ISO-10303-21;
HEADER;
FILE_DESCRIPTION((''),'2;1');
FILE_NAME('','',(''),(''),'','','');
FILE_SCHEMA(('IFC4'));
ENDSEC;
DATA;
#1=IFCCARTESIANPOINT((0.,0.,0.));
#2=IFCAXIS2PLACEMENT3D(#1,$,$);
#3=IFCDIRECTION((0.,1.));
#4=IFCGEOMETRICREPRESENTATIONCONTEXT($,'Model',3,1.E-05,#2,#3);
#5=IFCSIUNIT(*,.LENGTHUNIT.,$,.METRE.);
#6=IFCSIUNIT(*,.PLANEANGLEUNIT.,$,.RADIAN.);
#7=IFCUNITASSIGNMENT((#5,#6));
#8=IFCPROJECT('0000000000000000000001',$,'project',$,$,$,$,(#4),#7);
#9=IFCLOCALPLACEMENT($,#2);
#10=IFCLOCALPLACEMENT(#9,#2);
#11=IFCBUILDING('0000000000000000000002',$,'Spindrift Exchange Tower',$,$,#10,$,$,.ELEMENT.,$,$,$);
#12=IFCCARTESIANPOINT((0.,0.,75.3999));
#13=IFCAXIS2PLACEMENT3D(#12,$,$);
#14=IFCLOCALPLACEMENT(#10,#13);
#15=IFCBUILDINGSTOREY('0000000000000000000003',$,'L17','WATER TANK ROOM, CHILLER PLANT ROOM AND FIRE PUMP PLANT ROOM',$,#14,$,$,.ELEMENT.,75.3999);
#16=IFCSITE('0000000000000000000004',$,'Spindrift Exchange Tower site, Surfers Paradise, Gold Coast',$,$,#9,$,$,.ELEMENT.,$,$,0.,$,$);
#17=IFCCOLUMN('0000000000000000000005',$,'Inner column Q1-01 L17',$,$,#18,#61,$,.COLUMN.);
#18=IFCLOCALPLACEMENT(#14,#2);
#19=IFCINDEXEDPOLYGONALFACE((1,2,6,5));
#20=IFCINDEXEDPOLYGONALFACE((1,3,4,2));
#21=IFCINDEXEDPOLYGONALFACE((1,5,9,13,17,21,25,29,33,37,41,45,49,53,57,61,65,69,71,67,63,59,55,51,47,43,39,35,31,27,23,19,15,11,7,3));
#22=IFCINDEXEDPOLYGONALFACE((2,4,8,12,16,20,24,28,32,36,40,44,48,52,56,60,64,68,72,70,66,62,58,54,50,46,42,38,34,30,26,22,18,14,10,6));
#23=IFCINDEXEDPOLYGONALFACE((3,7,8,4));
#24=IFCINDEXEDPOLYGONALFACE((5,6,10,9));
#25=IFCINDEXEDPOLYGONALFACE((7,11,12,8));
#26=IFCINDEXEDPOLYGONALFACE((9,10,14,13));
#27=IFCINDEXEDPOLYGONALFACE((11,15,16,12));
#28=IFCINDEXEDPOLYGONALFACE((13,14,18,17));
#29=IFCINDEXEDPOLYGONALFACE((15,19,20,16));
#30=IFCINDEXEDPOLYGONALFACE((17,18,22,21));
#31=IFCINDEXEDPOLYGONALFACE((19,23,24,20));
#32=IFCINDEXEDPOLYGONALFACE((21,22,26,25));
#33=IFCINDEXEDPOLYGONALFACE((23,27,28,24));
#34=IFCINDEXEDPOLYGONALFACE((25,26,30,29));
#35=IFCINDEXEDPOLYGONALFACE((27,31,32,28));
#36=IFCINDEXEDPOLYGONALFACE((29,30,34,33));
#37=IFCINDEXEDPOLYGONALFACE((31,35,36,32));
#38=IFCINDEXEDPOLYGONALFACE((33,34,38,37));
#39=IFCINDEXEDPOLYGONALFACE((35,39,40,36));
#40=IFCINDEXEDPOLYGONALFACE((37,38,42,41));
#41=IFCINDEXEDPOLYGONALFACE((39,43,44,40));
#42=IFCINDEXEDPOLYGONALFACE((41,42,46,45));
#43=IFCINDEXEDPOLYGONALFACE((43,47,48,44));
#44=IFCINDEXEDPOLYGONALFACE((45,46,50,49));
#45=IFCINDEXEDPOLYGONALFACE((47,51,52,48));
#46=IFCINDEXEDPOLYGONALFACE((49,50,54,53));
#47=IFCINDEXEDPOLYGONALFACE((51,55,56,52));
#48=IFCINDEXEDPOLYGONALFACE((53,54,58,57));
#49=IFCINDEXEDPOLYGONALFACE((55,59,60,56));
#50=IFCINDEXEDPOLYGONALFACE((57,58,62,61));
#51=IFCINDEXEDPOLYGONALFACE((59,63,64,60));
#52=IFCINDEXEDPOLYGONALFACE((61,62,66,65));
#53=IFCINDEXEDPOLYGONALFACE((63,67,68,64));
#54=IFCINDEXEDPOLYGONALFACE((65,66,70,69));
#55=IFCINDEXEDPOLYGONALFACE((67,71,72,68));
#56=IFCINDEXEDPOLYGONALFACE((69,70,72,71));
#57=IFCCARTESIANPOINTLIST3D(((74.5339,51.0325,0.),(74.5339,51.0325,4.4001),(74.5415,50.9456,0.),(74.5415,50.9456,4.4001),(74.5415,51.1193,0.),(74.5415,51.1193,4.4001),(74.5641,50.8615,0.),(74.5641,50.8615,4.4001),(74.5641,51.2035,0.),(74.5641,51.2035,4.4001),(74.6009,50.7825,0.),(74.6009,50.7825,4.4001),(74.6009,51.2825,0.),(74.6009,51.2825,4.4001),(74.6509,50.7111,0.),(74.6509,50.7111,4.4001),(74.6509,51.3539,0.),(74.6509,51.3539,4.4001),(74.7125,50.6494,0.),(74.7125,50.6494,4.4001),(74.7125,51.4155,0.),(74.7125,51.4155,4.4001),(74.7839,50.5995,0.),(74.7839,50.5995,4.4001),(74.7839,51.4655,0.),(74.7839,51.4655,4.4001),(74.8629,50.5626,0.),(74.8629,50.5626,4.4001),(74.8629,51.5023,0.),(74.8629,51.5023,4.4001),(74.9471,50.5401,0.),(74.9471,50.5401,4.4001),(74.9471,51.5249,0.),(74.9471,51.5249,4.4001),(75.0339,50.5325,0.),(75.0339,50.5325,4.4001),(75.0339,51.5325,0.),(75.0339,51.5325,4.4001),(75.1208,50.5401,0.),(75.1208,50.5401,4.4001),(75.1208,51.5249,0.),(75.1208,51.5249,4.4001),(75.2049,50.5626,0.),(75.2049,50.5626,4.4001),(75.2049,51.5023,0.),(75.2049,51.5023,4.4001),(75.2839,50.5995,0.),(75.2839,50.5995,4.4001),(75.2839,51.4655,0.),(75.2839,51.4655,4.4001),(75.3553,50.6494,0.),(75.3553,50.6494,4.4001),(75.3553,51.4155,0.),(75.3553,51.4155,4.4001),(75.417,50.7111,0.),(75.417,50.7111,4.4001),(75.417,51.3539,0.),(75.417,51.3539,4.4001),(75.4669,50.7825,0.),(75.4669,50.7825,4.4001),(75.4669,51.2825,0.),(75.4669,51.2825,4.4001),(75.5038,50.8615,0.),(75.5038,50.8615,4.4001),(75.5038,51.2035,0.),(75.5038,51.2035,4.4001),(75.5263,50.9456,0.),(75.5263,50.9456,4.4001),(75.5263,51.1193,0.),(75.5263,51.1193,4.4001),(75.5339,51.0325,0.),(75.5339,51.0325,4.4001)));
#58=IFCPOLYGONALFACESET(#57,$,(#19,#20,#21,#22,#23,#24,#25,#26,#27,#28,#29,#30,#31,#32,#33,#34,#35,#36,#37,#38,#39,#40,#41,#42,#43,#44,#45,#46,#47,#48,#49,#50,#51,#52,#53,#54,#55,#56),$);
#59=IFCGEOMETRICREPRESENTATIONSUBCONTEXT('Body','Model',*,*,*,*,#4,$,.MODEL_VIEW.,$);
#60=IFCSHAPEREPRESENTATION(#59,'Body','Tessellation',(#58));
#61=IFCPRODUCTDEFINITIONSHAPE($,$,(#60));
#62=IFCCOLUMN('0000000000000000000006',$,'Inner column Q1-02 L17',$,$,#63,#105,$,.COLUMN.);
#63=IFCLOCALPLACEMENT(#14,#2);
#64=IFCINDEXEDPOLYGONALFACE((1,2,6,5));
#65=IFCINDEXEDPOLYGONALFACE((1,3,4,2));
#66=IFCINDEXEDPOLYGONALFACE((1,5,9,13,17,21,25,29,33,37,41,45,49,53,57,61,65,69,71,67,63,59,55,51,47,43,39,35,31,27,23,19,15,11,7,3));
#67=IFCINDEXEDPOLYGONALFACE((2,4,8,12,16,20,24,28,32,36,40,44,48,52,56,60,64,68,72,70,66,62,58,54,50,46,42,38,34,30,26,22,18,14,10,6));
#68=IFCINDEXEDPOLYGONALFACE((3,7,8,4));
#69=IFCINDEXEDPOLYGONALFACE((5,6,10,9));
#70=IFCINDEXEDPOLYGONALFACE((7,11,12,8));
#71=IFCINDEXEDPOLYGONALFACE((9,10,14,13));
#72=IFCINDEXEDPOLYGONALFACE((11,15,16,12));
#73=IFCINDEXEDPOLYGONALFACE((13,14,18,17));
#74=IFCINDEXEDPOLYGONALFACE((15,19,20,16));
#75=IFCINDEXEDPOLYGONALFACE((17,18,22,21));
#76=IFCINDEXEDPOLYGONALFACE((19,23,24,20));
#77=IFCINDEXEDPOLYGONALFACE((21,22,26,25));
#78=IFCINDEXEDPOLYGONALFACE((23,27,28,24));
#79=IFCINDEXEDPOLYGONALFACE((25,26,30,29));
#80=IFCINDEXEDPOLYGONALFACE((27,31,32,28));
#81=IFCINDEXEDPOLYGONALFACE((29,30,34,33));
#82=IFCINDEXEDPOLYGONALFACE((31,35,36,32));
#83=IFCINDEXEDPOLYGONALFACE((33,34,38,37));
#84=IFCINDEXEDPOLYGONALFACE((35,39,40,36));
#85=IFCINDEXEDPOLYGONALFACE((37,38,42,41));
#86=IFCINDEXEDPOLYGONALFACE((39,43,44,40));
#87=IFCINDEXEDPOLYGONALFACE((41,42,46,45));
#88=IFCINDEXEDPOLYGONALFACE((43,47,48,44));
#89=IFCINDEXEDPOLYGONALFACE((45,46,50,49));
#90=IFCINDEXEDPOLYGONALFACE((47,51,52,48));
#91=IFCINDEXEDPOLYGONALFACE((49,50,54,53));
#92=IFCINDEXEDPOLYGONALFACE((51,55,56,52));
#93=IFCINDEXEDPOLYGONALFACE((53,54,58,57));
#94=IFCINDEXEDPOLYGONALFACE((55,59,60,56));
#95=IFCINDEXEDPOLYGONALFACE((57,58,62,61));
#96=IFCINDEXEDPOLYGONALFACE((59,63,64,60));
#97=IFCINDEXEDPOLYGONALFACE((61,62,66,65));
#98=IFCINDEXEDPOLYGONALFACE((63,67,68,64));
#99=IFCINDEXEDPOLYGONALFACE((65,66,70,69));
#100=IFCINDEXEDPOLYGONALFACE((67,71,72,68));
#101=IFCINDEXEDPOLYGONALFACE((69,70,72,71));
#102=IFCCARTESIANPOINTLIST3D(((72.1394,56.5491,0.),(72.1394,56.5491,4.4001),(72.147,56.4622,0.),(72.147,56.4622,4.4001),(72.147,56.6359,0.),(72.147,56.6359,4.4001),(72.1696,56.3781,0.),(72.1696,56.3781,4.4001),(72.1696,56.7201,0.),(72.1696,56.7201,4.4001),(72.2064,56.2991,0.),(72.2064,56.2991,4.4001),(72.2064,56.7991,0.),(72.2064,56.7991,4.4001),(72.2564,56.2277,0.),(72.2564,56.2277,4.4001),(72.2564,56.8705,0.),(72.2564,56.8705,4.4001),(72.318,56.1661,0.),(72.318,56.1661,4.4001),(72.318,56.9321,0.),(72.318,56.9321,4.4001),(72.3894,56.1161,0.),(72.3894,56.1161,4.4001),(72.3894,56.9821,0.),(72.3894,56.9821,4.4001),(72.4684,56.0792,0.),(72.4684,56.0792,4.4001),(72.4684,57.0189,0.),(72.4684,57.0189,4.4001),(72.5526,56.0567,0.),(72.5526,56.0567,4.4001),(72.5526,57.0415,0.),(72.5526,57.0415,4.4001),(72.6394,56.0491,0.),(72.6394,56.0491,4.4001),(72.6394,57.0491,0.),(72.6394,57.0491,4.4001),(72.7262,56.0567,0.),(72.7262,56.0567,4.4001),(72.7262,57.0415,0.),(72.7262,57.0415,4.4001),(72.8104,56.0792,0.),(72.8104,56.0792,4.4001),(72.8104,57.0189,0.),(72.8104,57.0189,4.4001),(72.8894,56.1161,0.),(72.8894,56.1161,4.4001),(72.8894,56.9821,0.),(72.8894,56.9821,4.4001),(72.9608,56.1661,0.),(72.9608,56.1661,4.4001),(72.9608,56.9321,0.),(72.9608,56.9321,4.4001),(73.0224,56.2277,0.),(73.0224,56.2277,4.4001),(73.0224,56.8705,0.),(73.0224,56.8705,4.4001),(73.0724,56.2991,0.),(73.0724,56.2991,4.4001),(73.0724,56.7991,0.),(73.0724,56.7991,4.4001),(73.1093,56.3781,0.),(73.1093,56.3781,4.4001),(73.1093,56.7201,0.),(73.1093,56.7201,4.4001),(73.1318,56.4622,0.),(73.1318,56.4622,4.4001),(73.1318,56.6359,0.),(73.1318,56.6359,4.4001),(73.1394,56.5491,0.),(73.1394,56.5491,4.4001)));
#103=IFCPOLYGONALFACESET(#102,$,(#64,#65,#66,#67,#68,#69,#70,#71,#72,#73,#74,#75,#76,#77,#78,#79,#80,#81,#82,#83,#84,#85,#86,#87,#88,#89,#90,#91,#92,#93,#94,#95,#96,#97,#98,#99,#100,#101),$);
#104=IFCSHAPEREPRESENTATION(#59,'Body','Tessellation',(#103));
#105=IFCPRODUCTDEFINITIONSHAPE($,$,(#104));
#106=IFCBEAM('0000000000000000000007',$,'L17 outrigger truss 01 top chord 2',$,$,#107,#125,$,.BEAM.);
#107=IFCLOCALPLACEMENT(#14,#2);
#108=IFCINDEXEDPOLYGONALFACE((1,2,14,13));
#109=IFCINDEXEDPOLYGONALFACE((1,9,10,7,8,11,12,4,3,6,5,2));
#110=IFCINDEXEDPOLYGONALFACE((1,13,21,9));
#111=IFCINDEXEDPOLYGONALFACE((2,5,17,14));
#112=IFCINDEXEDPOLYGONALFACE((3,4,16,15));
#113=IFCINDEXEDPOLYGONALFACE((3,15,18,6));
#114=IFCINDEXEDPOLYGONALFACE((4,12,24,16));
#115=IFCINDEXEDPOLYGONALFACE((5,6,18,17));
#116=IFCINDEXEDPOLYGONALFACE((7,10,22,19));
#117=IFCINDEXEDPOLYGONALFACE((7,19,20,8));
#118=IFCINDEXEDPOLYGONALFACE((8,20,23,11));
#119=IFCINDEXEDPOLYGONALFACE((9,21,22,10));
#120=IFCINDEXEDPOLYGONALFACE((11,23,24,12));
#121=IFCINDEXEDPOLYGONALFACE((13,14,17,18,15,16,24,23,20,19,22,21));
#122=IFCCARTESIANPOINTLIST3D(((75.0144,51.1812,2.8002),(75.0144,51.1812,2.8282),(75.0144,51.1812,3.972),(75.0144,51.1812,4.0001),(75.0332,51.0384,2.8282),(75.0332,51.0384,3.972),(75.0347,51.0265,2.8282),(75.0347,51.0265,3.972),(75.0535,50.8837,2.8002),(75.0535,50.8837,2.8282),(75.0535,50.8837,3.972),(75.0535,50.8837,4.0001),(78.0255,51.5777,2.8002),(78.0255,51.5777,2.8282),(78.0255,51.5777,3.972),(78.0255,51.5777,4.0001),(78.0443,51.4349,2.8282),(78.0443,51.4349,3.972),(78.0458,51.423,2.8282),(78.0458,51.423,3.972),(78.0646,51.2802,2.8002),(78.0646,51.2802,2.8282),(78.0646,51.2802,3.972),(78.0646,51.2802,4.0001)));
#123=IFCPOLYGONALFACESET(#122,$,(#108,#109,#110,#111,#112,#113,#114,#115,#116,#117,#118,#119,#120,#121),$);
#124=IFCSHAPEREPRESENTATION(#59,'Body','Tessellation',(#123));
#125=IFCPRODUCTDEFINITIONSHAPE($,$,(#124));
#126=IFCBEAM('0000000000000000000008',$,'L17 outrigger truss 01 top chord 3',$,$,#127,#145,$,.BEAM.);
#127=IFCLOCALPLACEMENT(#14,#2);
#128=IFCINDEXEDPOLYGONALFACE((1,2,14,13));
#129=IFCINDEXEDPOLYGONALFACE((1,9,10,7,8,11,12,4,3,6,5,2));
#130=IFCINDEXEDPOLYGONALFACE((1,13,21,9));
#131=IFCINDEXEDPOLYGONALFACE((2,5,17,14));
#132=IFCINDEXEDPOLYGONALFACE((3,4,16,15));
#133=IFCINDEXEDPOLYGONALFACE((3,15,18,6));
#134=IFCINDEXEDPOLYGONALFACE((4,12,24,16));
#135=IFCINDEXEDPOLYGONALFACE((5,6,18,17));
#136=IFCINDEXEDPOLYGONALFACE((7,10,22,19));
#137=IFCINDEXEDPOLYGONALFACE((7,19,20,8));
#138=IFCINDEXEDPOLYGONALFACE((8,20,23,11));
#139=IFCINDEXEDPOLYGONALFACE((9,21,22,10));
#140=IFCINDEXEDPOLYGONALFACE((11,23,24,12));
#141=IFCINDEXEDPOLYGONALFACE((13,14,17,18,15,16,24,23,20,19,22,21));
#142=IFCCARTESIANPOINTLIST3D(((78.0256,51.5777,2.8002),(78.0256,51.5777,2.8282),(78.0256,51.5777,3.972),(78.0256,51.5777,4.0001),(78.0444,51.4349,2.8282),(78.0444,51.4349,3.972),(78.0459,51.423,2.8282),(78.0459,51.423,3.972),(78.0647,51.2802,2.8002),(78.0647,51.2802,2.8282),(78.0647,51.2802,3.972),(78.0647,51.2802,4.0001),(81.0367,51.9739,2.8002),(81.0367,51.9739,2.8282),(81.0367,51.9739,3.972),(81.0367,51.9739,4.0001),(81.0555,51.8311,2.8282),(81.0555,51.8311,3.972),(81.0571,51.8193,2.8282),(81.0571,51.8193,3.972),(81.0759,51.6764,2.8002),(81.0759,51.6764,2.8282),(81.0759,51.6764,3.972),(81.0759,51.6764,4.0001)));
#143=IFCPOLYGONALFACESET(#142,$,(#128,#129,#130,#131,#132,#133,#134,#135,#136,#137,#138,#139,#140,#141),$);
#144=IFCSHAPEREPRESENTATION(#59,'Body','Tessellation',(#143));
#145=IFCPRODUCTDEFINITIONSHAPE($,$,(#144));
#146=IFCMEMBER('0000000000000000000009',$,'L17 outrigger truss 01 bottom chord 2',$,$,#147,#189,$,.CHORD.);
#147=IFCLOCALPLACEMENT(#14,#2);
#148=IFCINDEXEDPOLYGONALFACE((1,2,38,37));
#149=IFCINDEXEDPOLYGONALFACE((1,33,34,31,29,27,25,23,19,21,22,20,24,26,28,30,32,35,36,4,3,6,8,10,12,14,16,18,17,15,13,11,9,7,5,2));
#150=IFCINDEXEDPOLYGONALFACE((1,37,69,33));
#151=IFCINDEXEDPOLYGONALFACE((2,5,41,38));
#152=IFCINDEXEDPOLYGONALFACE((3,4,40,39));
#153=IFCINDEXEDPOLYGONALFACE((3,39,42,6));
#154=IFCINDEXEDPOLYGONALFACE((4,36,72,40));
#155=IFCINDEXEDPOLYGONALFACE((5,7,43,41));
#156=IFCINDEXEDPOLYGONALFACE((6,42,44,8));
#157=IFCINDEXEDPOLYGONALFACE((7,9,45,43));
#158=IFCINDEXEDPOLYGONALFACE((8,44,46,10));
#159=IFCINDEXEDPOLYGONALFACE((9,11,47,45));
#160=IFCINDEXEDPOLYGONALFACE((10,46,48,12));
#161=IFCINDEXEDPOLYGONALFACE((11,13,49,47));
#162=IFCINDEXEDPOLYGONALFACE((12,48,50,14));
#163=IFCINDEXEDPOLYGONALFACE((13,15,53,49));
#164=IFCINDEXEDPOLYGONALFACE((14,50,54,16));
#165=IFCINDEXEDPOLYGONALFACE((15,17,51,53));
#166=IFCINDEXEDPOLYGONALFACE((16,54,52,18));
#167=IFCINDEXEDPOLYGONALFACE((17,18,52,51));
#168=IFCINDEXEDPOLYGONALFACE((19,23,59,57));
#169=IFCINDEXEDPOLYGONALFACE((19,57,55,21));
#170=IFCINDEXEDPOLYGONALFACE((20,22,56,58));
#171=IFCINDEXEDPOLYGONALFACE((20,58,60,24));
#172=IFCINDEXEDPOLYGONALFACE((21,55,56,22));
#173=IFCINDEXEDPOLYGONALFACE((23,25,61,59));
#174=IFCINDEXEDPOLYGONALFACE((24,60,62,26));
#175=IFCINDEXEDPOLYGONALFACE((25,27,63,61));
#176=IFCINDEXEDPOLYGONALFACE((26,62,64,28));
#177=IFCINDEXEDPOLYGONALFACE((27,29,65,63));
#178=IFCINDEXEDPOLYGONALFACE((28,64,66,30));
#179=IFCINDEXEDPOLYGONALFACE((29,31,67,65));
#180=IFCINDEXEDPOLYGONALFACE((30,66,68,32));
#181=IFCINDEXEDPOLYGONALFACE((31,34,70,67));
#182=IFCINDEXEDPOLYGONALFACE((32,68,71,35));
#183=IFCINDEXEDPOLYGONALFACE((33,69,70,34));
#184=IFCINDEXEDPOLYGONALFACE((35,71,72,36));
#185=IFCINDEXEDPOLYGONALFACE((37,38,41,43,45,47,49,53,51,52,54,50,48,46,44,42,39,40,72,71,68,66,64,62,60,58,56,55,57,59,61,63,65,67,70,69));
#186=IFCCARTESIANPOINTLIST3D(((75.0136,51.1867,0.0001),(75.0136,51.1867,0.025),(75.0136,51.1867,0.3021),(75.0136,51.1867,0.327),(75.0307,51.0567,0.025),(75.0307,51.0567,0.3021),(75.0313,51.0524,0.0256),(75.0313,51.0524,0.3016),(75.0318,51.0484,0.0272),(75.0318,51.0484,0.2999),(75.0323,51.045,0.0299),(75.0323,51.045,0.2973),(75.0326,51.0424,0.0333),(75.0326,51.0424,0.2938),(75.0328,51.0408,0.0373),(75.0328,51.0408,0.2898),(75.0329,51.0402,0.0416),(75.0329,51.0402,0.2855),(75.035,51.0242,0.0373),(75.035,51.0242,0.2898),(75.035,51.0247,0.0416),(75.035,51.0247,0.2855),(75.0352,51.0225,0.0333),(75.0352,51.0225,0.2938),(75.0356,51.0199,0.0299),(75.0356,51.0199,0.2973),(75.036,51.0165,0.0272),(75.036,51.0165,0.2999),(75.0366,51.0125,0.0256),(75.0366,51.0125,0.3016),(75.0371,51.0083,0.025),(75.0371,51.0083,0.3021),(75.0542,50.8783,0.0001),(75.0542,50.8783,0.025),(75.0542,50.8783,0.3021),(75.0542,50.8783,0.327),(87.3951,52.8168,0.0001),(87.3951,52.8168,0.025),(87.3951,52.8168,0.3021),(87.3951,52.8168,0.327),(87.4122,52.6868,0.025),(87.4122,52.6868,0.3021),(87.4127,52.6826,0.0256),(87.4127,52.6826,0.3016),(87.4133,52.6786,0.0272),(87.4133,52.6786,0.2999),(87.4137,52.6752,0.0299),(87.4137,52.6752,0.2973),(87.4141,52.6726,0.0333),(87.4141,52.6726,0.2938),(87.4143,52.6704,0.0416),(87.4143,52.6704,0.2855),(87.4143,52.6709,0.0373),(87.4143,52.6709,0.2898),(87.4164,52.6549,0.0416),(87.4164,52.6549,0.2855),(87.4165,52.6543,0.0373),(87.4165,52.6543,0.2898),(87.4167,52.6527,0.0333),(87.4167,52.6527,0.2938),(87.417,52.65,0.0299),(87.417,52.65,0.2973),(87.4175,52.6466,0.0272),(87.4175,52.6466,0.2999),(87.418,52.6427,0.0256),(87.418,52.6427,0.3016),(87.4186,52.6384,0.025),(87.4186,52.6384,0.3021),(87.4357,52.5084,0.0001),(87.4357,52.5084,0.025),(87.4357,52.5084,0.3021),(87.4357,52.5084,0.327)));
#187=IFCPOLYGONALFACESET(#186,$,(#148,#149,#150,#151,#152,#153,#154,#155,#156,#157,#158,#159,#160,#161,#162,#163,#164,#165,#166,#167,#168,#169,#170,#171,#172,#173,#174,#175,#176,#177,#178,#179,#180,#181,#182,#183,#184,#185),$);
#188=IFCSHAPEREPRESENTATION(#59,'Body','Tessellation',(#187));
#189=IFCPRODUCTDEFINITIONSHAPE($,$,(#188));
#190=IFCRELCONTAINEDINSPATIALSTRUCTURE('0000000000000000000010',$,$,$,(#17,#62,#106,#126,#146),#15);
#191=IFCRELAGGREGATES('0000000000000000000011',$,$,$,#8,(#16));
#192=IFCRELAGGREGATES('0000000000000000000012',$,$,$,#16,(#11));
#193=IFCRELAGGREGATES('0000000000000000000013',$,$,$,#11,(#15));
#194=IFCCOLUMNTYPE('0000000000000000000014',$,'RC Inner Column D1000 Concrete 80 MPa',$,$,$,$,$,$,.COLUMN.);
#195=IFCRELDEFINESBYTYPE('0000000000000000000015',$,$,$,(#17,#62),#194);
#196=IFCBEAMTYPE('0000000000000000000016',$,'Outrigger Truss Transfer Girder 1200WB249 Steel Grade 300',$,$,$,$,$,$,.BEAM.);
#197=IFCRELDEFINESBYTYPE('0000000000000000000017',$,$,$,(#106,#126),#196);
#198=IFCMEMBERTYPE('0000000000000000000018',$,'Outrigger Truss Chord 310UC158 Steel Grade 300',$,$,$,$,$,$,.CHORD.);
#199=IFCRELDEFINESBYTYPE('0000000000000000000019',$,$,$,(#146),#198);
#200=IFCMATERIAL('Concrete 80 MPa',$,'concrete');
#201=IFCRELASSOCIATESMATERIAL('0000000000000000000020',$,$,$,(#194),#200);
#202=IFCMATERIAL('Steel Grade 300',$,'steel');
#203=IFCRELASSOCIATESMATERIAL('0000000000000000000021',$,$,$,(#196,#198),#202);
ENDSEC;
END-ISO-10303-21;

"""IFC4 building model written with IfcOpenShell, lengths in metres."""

from ifc_helpers import new_model, si_unit, direction, frame, origin, origin_2d, place, context, subcontext, project, spatial, circle, i_section, extrude, source, transform, mapped, material, material_profile, profile_set, type_object, element, save


model = new_model("IFC4")

# Units and contexts
model_context = context("Model", 3, precision=1e-05, world=origin(), true_north=direction((0.0, 1.0)))
body_context = subcontext(model_context, "Body", "Model", "MODEL_VIEW")
ifc_project = project(units=[si_unit("LENGTHUNIT", "METRE"), si_unit("PLANEANGLEUNIT", "RADIAN")], contexts=[model_context])

# Site, building, storey
site_placement = place(None, origin())
site = spatial("IfcSite", under=ifc_project, at=site_placement, Name="Spindrift Exchange Tower site, Surfers Paradise, Gold Coast", CompositionType="ELEMENT", RefElevation=0.0)
building_placement = place(site_placement, origin())
building = spatial("IfcBuilding", under=site, at=building_placement, Name="Spindrift Exchange Tower", CompositionType="ELEMENT")
storey_placement = place(building_placement, frame((0.0, 0.0, 75.3999)))
storey = spatial("IfcBuildingStorey", under=building, at=storey_placement, Name="L17", Description="WATER TANK ROOM, CHILLER PLANT ROOM AND FIRE PUMP PLANT ROOM", CompositionType="ELEMENT", Elevation=75.3999)

# Columns
ifc_material_1 = material(Name="Concrete 80 MPa", Category="concrete")
ifc_material_profile_1 = material_profile(ifc_material_1, circle(Radius=0.5, at=origin_2d()), Name="RC D1000")
ifc_profile_set_1 = profile_set([ifc_material_profile_1], Name="Concrete 80 MPa")
column_type = type_object("IfcColumnType", Name="RC Inner Column D1000 Concrete 80 MPa", PredefinedType="COLUMN", material=ifc_profile_set_1)
shared_shape_1 = source(origin(), body_context, "Body", "SweptSolid", [
    extrude(circle(Radius=0.5, at=origin_2d()), origin(), (0.0, 0.0, 1.0), 4.4001),
])
for number, where, z_axis, x_axis, name in (
    (1, (75.0339, 51.0325, 0.0), (0.0, 0.0, 1.0), (1.0, 0.0, 0.0), "Inner column Q1-01 L17"),
    (2, (72.6394, 56.5491, 0.0), (0.0, 0.0, 1.0), (1.0, 0.0, 0.0), "Inner column Q1-02 L17"),
):
    element("IfcColumn", number, at=place(storey_placement, frame(where, z_axis=z_axis, x_axis=x_axis)), inside=storey, type_object=column_type, Name=name, PredefinedType="COLUMN", context=body_context, shape_type="MappedRepresentation", body=[
        mapped(shared_shape_1, transform((0.0, 0.0, 0.0), scale=1.0)),
    ])

# Beams
ifc_material_2 = material(Name="Steel Grade 300", Category="steel")
ifc_material_profile_2 = material_profile(ifc_material_2, i_section(OverallWidth=0.3, OverallDepth=1.2, WebThickness=0.012, FlangeThickness=0.0281, at=origin_2d()), Name="1200WB249")
ifc_profile_set_2 = profile_set([ifc_material_profile_2], Name="Steel Grade 300")
beam_type = type_object("IfcBeamType", Name="Outrigger Truss Transfer Girder 1200WB249 Steel Grade 300", PredefinedType="BEAM", material=ifc_profile_set_2)
shared_shape_2 = source(origin(), body_context, "Body", "SweptSolid", [
    extrude(i_section(OverallWidth=0.3, OverallDepth=1.2, WebThickness=0.012, FlangeThickness=0.0281, at=origin_2d()), origin(), (0.0, 0.0, 1.0), 3.0371),
])
for number, where, z_axis, x_axis, name in (
    (3, (75.0339, 51.0325, 3.4001), (0.991443, 0.130542, 0.0), (-0.130542, 0.991443, 0.0), "L17 outrigger truss 01 top chord 2"),
    (4, (78.0452, 51.429, 3.4001), (0.991453, 0.130463, 0.0), (-0.130463, 0.991453, 0.0), "L17 outrigger truss 01 top chord 3"),
):
    element("IfcBeam", number, at=place(storey_placement, frame(where, z_axis=z_axis, x_axis=x_axis)), inside=storey, type_object=beam_type, Name=name, PredefinedType="BEAM", context=body_context, shape_type="MappedRepresentation", body=[
        mapped(shared_shape_2, transform((0.0, 0.0, 0.0), scale=1.0)),
    ])

# Member
ifc_material_profile_3 = material_profile(ifc_material_2, i_section(OverallWidth=0.311, OverallDepth=0.3269, WebThickness=0.0156, FlangeThickness=0.0249, FilletRadius=0.0166, at=origin_2d()), Name="310UC158")
ifc_profile_set_3 = profile_set([ifc_material_profile_3], Name="Steel Grade 300")
member_type_1 = type_object("IfcMemberType", Name="Outrigger Truss Chord 310UC158 Steel Grade 300", PredefinedType="CHORD", material=ifc_profile_set_3)
shared_shape_3 = source(origin(), body_context, "Body", "SweptSolid", [
    extrude(i_section(OverallWidth=0.311, OverallDepth=0.3269, WebThickness=0.0156, FlangeThickness=0.0249, FilletRadius=0.0166, at=origin_2d()), origin(), (0.0, 0.0, 1.0), 12.4883),
])
member_1_placement = place(storey_placement, frame((75.0339, 51.0325, 0.1636), z_axis=(0.991444, 0.130533, 0.0), x_axis=(-0.130533, 0.991444, 0.0)))
element("IfcMember", 5, at=member_1_placement, inside=storey, type_object=member_type_1, Name="L17 outrigger truss 01 bottom chord 2", PredefinedType="CHORD", context=body_context, shape_type="MappedRepresentation", body=[
    mapped(shared_shape_3, transform((0.0, 0.0, 0.0), scale=1.0)),
])

save(model, "model.ifc")
